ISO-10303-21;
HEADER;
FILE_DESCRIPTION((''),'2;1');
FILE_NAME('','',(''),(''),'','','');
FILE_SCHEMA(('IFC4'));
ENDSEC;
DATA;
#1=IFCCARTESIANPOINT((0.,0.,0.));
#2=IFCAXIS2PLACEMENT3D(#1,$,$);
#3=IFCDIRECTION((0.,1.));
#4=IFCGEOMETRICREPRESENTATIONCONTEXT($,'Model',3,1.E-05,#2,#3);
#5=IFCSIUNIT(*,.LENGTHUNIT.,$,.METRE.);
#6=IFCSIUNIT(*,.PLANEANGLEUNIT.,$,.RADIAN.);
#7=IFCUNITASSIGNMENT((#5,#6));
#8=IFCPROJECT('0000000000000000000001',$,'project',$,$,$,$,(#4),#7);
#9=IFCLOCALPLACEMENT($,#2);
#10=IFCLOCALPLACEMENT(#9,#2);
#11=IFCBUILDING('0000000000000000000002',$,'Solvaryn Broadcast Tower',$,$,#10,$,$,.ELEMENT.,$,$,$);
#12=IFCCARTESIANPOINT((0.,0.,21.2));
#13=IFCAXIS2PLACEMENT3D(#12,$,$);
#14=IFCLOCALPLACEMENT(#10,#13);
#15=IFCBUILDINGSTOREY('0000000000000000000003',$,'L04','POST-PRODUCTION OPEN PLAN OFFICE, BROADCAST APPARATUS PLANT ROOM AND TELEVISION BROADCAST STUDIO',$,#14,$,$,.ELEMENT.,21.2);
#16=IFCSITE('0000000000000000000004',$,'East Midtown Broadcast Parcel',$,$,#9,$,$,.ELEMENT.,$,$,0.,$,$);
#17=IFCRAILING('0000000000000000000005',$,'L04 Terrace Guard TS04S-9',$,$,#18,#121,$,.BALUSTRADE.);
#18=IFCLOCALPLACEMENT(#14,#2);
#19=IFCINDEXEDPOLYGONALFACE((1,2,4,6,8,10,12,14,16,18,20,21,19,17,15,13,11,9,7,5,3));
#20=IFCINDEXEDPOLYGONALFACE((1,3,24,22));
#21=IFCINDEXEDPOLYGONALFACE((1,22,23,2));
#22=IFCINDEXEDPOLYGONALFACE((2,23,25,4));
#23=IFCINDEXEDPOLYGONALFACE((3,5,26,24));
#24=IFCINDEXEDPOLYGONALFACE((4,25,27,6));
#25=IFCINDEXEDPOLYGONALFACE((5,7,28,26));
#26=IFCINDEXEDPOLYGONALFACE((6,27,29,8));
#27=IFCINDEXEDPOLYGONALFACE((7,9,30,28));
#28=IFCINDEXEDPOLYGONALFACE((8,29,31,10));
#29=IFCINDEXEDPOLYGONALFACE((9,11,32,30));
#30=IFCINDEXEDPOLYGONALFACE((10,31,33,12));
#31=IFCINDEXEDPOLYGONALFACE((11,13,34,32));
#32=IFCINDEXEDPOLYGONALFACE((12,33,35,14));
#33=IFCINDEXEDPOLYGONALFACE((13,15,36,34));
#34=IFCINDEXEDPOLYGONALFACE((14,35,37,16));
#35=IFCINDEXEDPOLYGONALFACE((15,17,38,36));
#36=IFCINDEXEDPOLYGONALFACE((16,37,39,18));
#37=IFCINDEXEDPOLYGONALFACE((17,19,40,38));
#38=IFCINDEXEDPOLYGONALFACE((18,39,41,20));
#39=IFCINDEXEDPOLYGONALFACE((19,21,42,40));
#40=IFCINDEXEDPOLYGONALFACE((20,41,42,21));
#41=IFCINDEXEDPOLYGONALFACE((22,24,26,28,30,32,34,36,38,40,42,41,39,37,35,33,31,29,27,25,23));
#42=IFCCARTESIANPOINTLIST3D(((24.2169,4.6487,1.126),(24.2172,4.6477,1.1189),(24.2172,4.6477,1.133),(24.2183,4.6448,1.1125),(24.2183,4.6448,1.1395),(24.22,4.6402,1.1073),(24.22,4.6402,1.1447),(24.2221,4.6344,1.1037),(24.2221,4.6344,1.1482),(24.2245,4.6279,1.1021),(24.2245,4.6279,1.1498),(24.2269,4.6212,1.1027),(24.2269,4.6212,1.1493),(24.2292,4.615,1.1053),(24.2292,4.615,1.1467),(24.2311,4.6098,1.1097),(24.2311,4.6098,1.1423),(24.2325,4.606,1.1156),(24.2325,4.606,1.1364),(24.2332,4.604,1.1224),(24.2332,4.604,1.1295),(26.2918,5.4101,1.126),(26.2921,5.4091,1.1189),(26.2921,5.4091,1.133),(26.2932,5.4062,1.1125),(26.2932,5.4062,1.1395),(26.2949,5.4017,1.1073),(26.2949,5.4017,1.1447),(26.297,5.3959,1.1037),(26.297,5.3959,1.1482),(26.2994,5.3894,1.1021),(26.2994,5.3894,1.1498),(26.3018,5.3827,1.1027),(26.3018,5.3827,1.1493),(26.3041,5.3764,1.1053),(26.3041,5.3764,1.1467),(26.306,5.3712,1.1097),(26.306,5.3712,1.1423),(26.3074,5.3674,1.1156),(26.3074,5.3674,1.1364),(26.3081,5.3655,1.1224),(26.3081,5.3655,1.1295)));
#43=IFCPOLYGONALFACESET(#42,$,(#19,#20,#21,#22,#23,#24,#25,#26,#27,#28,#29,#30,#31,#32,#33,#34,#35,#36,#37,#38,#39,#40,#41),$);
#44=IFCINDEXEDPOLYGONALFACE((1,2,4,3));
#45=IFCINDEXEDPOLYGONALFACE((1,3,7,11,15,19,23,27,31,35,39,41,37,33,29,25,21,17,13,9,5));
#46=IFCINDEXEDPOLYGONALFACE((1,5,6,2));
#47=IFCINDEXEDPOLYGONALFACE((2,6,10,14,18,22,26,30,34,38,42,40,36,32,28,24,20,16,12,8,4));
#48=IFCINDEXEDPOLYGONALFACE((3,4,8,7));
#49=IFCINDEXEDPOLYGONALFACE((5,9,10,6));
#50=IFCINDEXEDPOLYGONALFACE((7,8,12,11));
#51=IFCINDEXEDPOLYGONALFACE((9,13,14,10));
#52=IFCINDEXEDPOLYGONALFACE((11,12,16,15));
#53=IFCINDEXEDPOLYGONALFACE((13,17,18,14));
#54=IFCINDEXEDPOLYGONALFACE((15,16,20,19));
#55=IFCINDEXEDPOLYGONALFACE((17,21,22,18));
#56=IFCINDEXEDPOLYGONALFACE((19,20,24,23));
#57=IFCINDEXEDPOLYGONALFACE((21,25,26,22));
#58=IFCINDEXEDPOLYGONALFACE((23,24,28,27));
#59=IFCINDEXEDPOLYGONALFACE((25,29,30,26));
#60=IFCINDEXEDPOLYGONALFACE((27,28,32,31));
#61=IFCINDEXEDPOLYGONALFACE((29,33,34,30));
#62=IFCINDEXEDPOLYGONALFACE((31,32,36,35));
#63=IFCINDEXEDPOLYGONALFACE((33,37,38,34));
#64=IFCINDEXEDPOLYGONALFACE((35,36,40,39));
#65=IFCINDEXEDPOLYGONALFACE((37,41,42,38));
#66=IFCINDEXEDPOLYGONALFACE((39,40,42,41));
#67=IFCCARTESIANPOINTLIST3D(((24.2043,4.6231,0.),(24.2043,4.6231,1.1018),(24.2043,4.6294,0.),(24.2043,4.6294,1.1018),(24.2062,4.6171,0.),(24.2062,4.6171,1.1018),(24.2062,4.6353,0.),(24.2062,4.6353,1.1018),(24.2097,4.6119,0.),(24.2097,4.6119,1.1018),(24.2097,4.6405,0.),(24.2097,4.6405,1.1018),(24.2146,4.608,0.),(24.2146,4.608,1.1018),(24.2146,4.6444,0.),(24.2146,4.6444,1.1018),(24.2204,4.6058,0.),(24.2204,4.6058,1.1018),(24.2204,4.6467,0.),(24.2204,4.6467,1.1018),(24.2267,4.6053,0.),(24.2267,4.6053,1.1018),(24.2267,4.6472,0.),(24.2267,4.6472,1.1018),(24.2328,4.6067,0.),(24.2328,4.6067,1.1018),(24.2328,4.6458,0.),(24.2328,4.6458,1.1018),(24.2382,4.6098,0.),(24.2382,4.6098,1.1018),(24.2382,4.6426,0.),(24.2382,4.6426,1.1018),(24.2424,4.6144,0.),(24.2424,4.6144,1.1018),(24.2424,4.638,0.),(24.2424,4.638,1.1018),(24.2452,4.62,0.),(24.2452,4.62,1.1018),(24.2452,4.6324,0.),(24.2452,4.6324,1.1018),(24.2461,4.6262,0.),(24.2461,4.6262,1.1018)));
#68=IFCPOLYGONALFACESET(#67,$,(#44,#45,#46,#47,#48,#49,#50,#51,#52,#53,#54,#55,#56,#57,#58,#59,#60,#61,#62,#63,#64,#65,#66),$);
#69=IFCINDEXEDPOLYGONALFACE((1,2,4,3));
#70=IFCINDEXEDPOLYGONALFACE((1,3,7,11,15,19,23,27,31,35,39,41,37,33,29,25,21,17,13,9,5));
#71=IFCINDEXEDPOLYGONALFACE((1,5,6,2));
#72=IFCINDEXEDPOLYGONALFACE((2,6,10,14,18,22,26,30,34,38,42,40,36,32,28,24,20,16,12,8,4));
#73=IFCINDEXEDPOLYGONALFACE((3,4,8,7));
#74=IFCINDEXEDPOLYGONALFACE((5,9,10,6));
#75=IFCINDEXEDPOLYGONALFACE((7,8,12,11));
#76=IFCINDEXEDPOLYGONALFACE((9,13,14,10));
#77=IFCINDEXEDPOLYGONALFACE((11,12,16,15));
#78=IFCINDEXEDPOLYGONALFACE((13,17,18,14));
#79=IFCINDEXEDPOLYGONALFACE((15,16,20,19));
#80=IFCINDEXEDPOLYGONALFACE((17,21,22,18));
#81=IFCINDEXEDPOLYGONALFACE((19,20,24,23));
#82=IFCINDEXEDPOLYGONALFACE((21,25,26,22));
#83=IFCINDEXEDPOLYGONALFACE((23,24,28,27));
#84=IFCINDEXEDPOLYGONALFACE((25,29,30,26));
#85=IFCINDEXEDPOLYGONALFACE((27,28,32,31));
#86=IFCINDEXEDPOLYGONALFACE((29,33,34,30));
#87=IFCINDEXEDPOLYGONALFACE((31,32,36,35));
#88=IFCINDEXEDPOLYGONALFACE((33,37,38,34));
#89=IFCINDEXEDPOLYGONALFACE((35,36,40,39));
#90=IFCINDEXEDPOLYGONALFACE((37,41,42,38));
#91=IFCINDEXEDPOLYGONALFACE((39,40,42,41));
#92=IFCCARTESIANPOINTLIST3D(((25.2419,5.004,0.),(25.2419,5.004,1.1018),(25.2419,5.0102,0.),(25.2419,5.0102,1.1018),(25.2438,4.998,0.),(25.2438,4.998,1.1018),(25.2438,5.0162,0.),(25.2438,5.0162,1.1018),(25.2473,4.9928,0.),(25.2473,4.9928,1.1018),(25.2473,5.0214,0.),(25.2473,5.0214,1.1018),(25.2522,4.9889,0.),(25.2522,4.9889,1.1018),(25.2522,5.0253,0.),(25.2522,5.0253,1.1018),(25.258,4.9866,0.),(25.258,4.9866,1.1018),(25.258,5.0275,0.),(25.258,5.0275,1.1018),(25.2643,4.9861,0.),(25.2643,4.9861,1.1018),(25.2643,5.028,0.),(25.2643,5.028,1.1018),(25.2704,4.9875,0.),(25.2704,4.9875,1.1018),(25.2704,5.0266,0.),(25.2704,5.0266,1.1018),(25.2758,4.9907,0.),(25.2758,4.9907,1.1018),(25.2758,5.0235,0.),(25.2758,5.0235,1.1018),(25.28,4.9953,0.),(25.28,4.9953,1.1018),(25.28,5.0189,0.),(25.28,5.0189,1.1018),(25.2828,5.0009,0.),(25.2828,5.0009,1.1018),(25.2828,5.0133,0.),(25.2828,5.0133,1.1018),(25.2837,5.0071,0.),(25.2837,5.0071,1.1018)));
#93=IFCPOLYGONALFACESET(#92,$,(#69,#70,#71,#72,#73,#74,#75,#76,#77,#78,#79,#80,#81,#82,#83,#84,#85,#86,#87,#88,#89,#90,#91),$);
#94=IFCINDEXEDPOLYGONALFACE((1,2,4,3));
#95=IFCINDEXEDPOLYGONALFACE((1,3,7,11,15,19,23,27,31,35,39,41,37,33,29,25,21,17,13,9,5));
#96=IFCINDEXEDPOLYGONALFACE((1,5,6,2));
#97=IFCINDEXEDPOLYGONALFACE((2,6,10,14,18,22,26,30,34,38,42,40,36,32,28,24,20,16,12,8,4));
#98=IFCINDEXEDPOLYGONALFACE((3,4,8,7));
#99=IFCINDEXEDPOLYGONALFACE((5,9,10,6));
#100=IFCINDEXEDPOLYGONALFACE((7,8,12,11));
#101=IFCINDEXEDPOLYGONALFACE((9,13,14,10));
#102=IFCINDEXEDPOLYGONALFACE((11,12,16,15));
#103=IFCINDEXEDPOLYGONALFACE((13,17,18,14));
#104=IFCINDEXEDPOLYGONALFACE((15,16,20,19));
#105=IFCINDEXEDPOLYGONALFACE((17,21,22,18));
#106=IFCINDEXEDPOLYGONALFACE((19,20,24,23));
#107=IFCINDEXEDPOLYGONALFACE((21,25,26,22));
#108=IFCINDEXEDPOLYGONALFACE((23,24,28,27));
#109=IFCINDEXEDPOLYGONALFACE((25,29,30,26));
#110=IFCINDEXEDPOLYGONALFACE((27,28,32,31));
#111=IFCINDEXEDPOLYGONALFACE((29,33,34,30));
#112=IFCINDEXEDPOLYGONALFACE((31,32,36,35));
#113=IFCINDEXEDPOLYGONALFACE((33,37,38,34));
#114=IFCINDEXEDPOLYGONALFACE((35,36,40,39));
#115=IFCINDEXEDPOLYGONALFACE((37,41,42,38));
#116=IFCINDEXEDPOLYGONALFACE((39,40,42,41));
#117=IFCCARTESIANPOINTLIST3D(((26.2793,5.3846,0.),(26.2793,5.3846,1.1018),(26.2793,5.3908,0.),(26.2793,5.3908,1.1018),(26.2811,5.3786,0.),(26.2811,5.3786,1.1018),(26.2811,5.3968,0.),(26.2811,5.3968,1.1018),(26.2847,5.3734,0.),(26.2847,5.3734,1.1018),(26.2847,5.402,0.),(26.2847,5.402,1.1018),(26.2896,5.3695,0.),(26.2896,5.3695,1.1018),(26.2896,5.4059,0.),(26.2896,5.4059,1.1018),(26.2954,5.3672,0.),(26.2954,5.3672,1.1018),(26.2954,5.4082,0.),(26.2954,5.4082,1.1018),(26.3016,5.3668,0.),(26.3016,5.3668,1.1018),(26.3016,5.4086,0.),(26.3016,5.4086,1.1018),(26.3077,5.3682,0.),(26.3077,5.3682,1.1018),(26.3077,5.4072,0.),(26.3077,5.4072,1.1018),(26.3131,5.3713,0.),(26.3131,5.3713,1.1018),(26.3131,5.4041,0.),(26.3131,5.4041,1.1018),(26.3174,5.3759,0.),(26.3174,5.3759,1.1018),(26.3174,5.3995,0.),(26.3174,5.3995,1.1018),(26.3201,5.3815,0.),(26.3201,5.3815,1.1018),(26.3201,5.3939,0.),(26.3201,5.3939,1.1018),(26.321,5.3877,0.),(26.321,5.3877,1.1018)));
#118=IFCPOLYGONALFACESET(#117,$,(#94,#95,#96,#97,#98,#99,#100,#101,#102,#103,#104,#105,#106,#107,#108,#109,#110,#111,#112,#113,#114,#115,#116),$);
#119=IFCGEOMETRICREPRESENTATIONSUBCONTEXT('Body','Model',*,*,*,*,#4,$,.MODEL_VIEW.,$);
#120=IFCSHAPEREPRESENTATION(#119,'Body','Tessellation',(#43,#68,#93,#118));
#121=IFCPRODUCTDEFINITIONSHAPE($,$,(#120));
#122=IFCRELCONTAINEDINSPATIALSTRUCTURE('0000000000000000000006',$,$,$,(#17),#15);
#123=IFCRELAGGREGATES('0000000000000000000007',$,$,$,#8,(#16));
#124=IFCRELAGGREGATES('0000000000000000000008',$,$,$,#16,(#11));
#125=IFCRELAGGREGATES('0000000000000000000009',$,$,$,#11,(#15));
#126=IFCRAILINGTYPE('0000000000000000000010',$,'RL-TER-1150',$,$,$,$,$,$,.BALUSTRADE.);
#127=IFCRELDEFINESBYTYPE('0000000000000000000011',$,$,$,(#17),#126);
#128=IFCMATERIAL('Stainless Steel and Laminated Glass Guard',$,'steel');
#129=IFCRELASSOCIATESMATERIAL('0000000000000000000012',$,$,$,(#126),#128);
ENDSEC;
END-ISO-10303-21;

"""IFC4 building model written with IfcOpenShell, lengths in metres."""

from ifc_helpers import new_model, si_unit, direction, frame, origin, origin_2d, place, context, subcontext, project, spatial, circle, extrude, material, type_object, element, save


model = new_model("IFC4")

# Units and contexts
model_context = context("Model", 3, precision=1e-05, world=origin(), true_north=direction((0.0, 1.0)))
body_context = subcontext(model_context, "Body", "Model", "MODEL_VIEW")
ifc_project = project(units=[si_unit("LENGTHUNIT", "METRE"), si_unit("PLANEANGLEUNIT", "RADIAN")], contexts=[model_context])

# Site, building, storey
site_placement = place(None, origin())
site = spatial("IfcSite", under=ifc_project, at=site_placement, Name="East Midtown Broadcast Parcel", CompositionType="ELEMENT", RefElevation=0.0)
building_placement = place(site_placement, origin())
building = spatial("IfcBuilding", under=site, at=building_placement, Name="Solvaryn Broadcast Tower", CompositionType="ELEMENT")
storey_placement = place(building_placement, frame((0.0, 0.0, 21.2)))
storey = spatial("IfcBuildingStorey", under=building, at=storey_placement, Name="L04", Description="POST-PRODUCTION OPEN PLAN OFFICE, BROADCAST APPARATUS PLANT ROOM AND TELEVISION BROADCAST STUDIO", CompositionType="ELEMENT", Elevation=21.2)

# Railing
ifc_material_1 = material(Name="Stainless Steel and Laminated Glass Guard", Category="steel")
railing_type = type_object("IfcRailingType", Name="RL-TER-1150", PredefinedType="BALUSTRADE", material=ifc_material_1)
railing_1_placement = place(storey_placement, frame((24.2251, 4.6262, 0.0)))
element("IfcRailing", 1, at=railing_1_placement, inside=storey, type_object=railing_type, Name="L04 Terrace Guard TS04S-9", PredefinedType="BALUSTRADE", context=body_context, shape_type="SweptSolid", body=[
    extrude(circle(Radius=0.0239, at=origin_2d()), frame((0.0, 0.0, 1.126), z_axis=(0.93878, 0.344518, 0.0), x_axis=(-0.344518, 0.93878, 0.0)), (0.0, 0.0, 1.0), 2.2102),
    extrude(circle(Radius=0.021, at=origin_2d()), origin(), (0.0, 0.0, 1.0), 1.1018),
    extrude(circle(Radius=0.021, at=origin_2d()), frame((1.0376, 0.3809, 0.0)), (0.0, 0.0, 1.0), 1.1018),
    extrude(circle(Radius=0.021, at=origin_2d()), frame((2.075, 0.7615, 0.0)), (0.0, 0.0, 1.0), 1.1018),
])

save(model, "model.ifc")
